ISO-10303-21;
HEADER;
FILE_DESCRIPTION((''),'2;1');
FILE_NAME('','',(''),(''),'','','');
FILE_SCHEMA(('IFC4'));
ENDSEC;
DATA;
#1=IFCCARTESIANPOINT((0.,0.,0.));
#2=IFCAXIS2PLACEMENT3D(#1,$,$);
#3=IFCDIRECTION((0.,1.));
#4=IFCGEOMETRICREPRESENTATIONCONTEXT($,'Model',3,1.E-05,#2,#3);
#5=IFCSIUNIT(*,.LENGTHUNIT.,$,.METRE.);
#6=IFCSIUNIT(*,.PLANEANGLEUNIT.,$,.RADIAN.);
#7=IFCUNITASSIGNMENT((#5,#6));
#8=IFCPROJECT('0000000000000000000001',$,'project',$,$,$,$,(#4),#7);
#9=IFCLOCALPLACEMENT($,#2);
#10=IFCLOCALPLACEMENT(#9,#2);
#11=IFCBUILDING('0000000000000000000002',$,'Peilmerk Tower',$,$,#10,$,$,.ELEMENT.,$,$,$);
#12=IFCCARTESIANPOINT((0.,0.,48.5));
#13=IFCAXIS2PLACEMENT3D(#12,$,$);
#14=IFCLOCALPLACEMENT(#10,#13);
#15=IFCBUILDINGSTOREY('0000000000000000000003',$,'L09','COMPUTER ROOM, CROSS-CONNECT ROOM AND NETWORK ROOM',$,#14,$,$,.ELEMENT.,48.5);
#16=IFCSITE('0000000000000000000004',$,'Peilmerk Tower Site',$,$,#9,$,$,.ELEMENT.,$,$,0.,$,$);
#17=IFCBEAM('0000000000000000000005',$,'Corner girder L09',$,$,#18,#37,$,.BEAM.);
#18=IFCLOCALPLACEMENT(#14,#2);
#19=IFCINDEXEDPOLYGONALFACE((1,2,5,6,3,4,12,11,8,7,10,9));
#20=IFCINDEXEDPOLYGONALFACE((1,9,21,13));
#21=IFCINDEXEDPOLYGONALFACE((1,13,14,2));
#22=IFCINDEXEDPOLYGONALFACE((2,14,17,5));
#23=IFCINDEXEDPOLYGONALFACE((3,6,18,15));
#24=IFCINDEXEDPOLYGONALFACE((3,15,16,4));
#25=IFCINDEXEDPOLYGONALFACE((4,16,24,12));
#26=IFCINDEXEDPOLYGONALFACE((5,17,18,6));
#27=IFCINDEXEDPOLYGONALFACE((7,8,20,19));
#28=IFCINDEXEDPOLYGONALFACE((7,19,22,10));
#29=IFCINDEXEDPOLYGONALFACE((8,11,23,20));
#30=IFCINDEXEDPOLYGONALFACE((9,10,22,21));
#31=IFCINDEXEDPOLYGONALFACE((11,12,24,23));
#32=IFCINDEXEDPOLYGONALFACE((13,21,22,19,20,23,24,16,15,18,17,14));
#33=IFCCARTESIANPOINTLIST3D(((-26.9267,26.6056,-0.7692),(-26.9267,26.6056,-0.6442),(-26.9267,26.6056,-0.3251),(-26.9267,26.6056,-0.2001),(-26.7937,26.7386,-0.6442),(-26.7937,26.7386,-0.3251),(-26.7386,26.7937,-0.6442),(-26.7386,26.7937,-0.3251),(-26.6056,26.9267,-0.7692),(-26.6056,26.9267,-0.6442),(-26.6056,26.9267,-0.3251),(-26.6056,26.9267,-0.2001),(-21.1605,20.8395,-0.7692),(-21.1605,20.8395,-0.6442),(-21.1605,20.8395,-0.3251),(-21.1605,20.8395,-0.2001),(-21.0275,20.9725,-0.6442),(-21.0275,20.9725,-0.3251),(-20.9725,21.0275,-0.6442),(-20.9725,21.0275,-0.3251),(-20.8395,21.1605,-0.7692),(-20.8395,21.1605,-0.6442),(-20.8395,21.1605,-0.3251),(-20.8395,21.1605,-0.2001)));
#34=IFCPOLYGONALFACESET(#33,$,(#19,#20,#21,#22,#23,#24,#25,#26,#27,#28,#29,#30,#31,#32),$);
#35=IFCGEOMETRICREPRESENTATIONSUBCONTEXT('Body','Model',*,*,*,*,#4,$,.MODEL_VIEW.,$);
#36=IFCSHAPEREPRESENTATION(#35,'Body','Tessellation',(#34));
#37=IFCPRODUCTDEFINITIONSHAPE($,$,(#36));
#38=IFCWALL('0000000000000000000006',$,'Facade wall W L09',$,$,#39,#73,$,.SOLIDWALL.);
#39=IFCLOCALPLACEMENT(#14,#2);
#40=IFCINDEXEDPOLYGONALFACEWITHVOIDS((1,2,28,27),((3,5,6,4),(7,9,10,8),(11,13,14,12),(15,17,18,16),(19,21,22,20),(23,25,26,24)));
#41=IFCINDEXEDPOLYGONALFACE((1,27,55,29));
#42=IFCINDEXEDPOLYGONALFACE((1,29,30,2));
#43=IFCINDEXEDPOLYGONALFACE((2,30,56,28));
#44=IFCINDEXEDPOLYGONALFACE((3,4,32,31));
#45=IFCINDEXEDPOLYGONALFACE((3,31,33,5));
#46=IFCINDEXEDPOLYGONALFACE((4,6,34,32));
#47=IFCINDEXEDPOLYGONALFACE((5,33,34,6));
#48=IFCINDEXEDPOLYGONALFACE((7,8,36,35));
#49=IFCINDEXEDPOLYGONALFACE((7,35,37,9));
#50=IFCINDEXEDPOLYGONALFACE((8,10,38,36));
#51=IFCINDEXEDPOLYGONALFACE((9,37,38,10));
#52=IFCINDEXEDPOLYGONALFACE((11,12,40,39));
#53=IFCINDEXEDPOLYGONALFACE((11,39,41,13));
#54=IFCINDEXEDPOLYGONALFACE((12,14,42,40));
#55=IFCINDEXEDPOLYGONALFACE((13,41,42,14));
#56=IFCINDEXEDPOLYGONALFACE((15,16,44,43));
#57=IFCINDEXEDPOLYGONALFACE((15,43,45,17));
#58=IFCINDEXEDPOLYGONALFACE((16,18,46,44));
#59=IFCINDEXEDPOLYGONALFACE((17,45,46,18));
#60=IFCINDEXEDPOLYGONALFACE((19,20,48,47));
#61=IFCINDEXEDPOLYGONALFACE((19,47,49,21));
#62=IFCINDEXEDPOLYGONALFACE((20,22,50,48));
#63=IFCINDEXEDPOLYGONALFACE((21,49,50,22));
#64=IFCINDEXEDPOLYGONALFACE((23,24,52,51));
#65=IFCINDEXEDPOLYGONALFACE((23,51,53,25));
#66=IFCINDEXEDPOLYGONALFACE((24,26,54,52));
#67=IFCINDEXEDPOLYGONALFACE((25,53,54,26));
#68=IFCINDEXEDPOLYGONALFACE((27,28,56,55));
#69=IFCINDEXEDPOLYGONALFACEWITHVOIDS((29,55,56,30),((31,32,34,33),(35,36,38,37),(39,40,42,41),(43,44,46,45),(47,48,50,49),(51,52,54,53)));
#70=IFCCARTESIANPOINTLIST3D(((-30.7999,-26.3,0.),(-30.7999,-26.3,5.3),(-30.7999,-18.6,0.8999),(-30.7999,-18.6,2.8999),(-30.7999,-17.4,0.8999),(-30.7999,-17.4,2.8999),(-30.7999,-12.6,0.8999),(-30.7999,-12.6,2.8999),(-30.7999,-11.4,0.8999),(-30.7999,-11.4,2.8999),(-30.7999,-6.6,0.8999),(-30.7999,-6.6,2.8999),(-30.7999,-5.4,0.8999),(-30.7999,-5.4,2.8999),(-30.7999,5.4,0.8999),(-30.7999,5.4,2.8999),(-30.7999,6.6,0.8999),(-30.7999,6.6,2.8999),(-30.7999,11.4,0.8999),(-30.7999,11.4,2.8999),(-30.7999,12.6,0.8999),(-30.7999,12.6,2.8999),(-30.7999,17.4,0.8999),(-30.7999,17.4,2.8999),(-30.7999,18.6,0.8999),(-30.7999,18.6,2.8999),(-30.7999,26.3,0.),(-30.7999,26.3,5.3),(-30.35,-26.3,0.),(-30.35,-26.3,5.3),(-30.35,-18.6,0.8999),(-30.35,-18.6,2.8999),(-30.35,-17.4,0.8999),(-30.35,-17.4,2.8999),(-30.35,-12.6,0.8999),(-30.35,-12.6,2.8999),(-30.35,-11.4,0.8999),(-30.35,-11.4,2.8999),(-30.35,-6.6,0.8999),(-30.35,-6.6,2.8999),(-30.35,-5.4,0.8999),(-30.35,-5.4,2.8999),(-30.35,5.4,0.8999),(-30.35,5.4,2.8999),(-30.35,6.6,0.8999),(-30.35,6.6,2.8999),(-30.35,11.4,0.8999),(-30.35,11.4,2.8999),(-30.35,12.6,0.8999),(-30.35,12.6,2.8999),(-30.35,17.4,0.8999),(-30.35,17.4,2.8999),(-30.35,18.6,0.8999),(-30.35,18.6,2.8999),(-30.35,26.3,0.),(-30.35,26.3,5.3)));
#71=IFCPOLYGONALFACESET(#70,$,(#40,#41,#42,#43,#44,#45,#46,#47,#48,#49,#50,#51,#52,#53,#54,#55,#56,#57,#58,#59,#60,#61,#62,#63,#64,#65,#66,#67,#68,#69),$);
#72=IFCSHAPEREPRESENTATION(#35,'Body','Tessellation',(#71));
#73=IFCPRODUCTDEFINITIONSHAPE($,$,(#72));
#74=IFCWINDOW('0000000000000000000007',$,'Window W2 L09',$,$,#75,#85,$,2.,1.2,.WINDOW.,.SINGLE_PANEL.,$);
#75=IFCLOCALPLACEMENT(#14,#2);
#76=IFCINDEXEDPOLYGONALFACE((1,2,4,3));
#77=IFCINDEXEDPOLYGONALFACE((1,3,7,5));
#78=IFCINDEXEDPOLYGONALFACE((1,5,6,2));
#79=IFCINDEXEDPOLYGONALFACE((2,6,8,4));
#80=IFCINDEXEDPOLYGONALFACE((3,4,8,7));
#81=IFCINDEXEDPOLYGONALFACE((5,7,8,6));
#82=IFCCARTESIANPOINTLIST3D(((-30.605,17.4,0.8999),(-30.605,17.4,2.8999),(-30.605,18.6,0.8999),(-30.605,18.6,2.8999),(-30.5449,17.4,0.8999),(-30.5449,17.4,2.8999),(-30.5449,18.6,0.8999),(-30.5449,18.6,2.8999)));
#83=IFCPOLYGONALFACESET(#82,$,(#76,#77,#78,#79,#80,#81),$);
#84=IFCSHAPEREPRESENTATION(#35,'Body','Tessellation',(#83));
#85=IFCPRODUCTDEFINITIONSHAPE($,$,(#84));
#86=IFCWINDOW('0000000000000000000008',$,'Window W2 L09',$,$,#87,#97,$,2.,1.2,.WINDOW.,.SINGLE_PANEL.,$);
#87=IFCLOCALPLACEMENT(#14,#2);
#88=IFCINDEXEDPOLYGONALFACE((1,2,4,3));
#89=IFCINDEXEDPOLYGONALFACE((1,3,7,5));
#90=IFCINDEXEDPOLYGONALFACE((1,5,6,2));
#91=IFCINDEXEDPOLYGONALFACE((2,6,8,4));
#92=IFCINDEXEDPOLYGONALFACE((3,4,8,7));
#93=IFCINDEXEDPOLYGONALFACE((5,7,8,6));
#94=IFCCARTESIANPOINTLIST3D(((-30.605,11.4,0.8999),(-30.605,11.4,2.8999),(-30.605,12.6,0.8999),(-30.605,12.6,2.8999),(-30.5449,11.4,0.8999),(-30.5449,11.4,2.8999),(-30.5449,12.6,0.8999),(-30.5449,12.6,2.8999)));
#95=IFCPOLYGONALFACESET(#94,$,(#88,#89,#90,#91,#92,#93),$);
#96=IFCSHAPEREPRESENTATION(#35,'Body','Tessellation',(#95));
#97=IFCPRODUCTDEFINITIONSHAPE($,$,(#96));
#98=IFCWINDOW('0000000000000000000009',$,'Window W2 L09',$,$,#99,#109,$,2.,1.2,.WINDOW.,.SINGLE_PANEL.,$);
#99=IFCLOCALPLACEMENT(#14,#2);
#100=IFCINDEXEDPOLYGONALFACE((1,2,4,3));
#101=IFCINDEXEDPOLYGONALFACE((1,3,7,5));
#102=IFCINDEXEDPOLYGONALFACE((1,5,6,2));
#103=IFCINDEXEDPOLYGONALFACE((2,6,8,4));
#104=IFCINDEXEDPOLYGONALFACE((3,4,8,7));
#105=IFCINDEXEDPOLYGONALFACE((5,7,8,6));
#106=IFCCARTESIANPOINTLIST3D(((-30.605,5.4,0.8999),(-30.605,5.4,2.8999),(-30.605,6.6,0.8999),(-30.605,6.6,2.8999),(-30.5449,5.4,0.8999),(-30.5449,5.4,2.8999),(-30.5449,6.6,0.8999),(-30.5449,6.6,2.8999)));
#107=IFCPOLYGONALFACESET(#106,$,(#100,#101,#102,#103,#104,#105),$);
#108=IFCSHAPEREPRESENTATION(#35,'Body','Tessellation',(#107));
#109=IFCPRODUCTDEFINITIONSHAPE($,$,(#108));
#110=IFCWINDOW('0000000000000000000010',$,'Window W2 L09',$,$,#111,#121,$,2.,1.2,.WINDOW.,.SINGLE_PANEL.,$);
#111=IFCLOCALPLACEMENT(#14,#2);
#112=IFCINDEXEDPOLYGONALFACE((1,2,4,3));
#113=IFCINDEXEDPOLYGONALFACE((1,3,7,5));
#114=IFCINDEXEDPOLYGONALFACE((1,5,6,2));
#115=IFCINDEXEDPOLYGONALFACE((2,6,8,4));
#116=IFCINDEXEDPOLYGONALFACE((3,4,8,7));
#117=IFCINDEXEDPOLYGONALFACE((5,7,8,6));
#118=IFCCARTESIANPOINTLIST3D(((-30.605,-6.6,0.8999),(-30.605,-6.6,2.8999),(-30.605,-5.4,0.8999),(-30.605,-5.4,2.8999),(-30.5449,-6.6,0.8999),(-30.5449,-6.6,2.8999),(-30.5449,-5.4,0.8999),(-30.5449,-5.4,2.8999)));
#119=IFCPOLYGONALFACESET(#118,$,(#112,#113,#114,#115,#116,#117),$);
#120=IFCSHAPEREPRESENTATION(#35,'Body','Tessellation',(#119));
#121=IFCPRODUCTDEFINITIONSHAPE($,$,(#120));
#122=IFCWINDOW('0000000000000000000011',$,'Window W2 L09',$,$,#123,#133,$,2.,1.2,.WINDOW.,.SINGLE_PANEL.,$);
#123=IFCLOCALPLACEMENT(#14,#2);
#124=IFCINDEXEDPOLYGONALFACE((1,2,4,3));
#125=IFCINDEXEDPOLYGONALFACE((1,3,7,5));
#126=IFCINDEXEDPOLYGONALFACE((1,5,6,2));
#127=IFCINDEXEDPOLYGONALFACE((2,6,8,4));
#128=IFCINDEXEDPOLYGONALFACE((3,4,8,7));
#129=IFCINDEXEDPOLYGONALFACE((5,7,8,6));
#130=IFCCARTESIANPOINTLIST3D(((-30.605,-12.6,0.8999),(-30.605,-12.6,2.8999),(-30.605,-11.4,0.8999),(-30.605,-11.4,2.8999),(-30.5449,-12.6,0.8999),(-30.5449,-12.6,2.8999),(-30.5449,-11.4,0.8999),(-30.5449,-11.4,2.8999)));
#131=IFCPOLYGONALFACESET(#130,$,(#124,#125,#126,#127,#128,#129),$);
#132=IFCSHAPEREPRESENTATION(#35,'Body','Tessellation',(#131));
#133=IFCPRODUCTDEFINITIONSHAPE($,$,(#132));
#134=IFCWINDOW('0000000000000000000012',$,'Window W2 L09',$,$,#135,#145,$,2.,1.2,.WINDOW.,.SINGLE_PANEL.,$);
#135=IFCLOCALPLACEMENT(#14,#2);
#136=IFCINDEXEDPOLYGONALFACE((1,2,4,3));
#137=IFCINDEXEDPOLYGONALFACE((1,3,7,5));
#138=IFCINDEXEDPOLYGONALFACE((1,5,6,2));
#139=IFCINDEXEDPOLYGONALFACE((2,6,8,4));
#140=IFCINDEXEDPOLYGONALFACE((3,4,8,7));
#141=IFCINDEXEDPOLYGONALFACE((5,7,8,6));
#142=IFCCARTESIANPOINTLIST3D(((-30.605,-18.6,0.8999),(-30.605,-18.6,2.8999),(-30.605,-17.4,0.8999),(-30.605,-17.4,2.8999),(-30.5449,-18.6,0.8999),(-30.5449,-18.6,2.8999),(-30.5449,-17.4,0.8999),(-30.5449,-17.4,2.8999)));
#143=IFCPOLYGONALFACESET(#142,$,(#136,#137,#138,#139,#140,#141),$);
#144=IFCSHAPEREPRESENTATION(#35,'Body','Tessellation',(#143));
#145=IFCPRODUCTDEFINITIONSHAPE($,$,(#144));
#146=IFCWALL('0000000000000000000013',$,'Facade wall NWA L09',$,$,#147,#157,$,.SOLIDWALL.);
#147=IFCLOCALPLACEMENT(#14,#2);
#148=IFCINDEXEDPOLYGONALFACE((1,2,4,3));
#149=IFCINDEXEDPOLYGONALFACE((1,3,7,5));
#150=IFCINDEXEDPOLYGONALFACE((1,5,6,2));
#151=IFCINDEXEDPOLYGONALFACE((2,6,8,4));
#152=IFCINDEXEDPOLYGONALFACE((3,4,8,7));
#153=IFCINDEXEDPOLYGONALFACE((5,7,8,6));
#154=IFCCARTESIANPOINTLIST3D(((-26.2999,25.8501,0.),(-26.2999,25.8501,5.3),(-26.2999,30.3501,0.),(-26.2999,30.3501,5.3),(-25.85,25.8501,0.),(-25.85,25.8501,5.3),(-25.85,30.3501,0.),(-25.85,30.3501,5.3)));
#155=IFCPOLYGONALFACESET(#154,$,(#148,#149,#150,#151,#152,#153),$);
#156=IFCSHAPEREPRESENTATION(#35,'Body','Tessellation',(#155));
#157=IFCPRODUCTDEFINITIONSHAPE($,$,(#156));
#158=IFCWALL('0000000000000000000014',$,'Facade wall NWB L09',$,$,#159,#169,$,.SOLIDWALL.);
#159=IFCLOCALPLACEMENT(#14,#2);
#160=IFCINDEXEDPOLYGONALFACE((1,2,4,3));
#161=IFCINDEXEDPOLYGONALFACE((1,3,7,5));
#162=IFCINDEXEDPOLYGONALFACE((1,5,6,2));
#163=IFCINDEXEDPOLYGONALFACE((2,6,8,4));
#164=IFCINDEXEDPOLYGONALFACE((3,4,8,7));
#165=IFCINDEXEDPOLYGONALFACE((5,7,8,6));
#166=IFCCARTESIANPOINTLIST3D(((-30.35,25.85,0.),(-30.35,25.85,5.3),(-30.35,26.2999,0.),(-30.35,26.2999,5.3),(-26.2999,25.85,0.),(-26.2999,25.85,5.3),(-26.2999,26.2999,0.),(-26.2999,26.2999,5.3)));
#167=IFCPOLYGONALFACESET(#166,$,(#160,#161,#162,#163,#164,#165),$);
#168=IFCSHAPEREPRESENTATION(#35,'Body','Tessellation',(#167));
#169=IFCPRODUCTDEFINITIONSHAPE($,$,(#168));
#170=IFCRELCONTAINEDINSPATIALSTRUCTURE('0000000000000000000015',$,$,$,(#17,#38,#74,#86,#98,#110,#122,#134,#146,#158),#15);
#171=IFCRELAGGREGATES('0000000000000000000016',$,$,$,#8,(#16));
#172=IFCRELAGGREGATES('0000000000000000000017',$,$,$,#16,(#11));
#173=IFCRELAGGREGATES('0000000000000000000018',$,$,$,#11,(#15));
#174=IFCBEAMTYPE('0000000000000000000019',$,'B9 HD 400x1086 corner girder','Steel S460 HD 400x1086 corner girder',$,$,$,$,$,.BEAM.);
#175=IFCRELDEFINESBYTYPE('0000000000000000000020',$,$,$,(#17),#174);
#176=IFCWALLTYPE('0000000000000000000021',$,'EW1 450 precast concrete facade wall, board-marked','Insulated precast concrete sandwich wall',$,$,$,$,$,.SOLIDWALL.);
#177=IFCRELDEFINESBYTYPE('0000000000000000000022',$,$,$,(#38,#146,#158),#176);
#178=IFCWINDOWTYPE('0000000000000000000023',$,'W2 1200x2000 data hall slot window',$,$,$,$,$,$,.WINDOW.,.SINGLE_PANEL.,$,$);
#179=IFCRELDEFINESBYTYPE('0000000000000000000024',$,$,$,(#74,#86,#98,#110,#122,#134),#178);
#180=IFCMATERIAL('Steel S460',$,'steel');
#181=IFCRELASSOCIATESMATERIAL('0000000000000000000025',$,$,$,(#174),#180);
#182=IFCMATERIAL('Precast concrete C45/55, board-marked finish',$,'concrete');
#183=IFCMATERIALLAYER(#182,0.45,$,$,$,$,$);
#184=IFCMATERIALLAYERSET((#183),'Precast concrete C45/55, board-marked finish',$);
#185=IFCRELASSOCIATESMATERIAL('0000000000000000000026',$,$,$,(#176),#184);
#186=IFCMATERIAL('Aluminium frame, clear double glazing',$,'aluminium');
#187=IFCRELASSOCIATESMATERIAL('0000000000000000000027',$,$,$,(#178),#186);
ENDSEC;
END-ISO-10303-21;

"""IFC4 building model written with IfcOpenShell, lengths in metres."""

from ifc_helpers import new_model, si_unit, direction, frame, frame_2d, origin, origin_2d, place, context, subcontext, project, spatial, rectangle, i_section, extrude, material, layer, layer_set, material_profile, profile_set, type_object, element, fill, save


model = new_model("IFC4")

# Units and contexts
model_context = context("Model", 3, precision=1e-05, world=origin(), true_north=direction((0.0, 1.0)))
body_context = subcontext(model_context, "Body", "Model", "MODEL_VIEW")
ifc_project = project(units=[si_unit("LENGTHUNIT", "METRE"), si_unit("PLANEANGLEUNIT", "RADIAN")], contexts=[model_context])

# Site, building, storey
site_placement = place(None, origin())
site = spatial("IfcSite", under=ifc_project, at=site_placement, Name="Peilmerk Tower Site", CompositionType="ELEMENT", RefElevation=0.0)
building_placement = place(site_placement, origin())
building = spatial("IfcBuilding", under=site, at=building_placement, Name="Peilmerk Tower", CompositionType="ELEMENT")
storey_placement = place(building_placement, frame((0.0, 0.0, 48.5)))
storey = spatial("IfcBuildingStorey", under=building, at=storey_placement, Name="L09", Description="COMPUTER ROOM, CROSS-CONNECT ROOM AND NETWORK ROOM", CompositionType="ELEMENT", Elevation=48.5)

# Beam
ifc_material_1 = material(Name="Steel S460", Category="steel")
ifc_material_profile_1 = material_profile(ifc_material_1, i_section(OverallWidth=0.4541, OverallDepth=0.5691, WebThickness=0.0779, FlangeThickness=0.125, at=origin_2d()), Name="HD 400x1086")
ifc_profile_set_1 = profile_set([ifc_material_profile_1], Name="Steel S460")
beam_type_1 = type_object("IfcBeamType", Name="B9 HD 400x1086 corner girder", Description="Steel S460 HD 400x1086 corner girder", PredefinedType="BEAM", material=ifc_profile_set_1)
beam_1_placement = place(storey_placement, frame((-21.0, 21.0, -0.4846), z_axis=(-0.707107, 0.707107, 0.0), x_axis=(-0.707107, -0.707107, 0.0)))
element("IfcBeam", 1, at=beam_1_placement, inside=storey, type_object=beam_type_1, Name="Corner girder L09", PredefinedType="BEAM", context=body_context, shape_type="SweptSolid", body=[
    extrude(i_section(OverallWidth=0.4541, OverallDepth=0.5691, WebThickness=0.0779, FlangeThickness=0.125, at=origin_2d()), origin(), (0.0, 0.0, 1.0), 8.1545),
])

# Wall, openings, windows
ifc_material_2 = material(Name="Precast concrete C45/55, board-marked finish", Category="concrete")
ifc_layer = layer(ifc_material_2, 0.45)
ifc_layer_set = layer_set([ifc_layer], Name="Precast concrete C45/55, board-marked finish")
wall_type = type_object("IfcWallType", Name="EW1 450 precast concrete facade wall, board-marked", Description="Insulated precast concrete sandwich wall", PredefinedType="SOLIDWALL", material=ifc_layer_set)
wall_1_placement = place(storey_placement, frame((-30.575, 26.3, 0.0), z_axis=(0.0, 0.0, 1.0), x_axis=(0.0, -1.0, 0.0)))
wall_1 = element("IfcWall", 2, at=wall_1_placement, inside=storey, type_object=wall_type, Name="Facade wall W L09", PredefinedType="SOLIDWALL", context=body_context, shape_type="SweptSolid", body=[
    extrude(rectangle(XDim=52.6001, YDim=0.45, at=frame_2d((26.3, 0.0))), origin(), (0.0, 0.0, 1.0), 5.3),
])
opening_1_placement = place(wall_1_placement, frame((7.7, 0.0, 0.8999)))
opening_1 = element("IfcOpeningElement", 3, at=opening_1_placement, cuts=wall_1, PredefinedType="OPENING", context=body_context, shape_type="SweptSolid", body=[
    extrude(rectangle(XDim=1.2, YDim=2.0, at=frame_2d((0.6001, 1.0))), frame((0.0, 0.2349, 0.0), z_axis=(0.0, -1.0, 0.0), x_axis=(1.0, 0.0, 0.0)), (0.0, 0.0, 1.0), 0.47),
])
opening_2_placement = place(wall_1_placement, frame((13.7, 0.0, 0.8999)))
opening_2 = element("IfcOpeningElement", 4, at=opening_2_placement, cuts=wall_1, PredefinedType="OPENING", context=body_context, shape_type="SweptSolid", body=[
    extrude(rectangle(XDim=1.2, YDim=2.0, at=frame_2d((0.6001, 1.0))), frame((0.0, 0.2349, 0.0), z_axis=(0.0, -1.0, 0.0), x_axis=(1.0, 0.0, 0.0)), (0.0, 0.0, 1.0), 0.47),
])
opening_3_placement = place(wall_1_placement, frame((19.7, 0.0, 0.8999)))
opening_3 = element("IfcOpeningElement", 5, at=opening_3_placement, cuts=wall_1, PredefinedType="OPENING", context=body_context, shape_type="SweptSolid", body=[
    extrude(rectangle(XDim=1.2, YDim=2.0, at=frame_2d((0.6001, 1.0))), frame((0.0, 0.2349, 0.0), z_axis=(0.0, -1.0, 0.0), x_axis=(1.0, 0.0, 0.0)), (0.0, 0.0, 1.0), 0.47),
])
opening_4_placement = place(wall_1_placement, frame((31.7, 0.0, 0.8999)))
opening_4 = element("IfcOpeningElement", 6, at=opening_4_placement, cuts=wall_1, PredefinedType="OPENING", context=body_context, shape_type="SweptSolid", body=[
    extrude(rectangle(XDim=1.2, YDim=2.0, at=frame_2d((0.6001, 1.0))), frame((0.0, 0.2349, 0.0), z_axis=(0.0, -1.0, 0.0), x_axis=(1.0, 0.0, 0.0)), (0.0, 0.0, 1.0), 0.47),
])
opening_5_placement = place(wall_1_placement, frame((37.7, 0.0, 0.8999)))
opening_5 = element("IfcOpeningElement", 7, at=opening_5_placement, cuts=wall_1, PredefinedType="OPENING", context=body_context, shape_type="SweptSolid", body=[
    extrude(rectangle(XDim=1.2, YDim=2.0, at=frame_2d((0.6001, 1.0))), frame((0.0, 0.2349, 0.0), z_axis=(0.0, -1.0, 0.0), x_axis=(1.0, 0.0, 0.0)), (0.0, 0.0, 1.0), 0.47),
])
opening_6_placement = place(wall_1_placement, frame((43.7, 0.0, 0.8999)))
opening_6 = element("IfcOpeningElement", 8, at=opening_6_placement, cuts=wall_1, PredefinedType="OPENING", context=body_context, shape_type="SweptSolid", body=[
    extrude(rectangle(XDim=1.2, YDim=2.0, at=frame_2d((0.6001, 1.0))), frame((0.0, 0.2349, 0.0), z_axis=(0.0, -1.0, 0.0), x_axis=(1.0, 0.0, 0.0)), (0.0, 0.0, 1.0), 0.47),
])
ifc_material_3 = material(Name="Aluminium frame, clear double glazing", Category="aluminium")
window_type = type_object("IfcWindowType", Name="W2 1200x2000 data hall slot window", PartitioningType="SINGLE_PANEL", PredefinedType="WINDOW", material=ifc_material_3)
window_1_placement = place(opening_1_placement, origin())
window_1 = element("IfcWindow", 9, at=window_1_placement, inside=storey, type_object=window_type, Name="Window W2 L09", OverallHeight=2.0, OverallWidth=1.2, PartitioningType="SINGLE_PANEL", PredefinedType="WINDOW", context=body_context, shape_type="SweptSolid", body=[
    extrude(rectangle(XDim=1.2, YDim=2.0, at=frame_2d((0.6001, 1.0))), frame((0.0, 0.03, 0.0), z_axis=(0.0, -1.0, 0.0), x_axis=(1.0, 0.0, 0.0)), (0.0, 0.0, 1.0), 0.0601),
])
fill(opening_1, window_1)
window_2_placement = place(opening_2_placement, origin())
window_2 = element("IfcWindow", 10, at=window_2_placement, inside=storey, type_object=window_type, Name="Window W2 L09", OverallHeight=2.0, OverallWidth=1.2, PartitioningType="SINGLE_PANEL", PredefinedType="WINDOW", context=body_context, shape_type="SweptSolid", body=[
    extrude(rectangle(XDim=1.2, YDim=2.0, at=frame_2d((0.6001, 1.0))), frame((0.0, 0.03, 0.0), z_axis=(0.0, -1.0, 0.0), x_axis=(1.0, 0.0, 0.0)), (0.0, 0.0, 1.0), 0.0601),
])
fill(opening_2, window_2)
window_3_placement = place(opening_3_placement, origin())
window_3 = element("IfcWindow", 11, at=window_3_placement, inside=storey, type_object=window_type, Name="Window W2 L09", OverallHeight=2.0, OverallWidth=1.2, PartitioningType="SINGLE_PANEL", PredefinedType="WINDOW", context=body_context, shape_type="SweptSolid", body=[
    extrude(rectangle(XDim=1.2, YDim=2.0, at=frame_2d((0.6001, 1.0))), frame((0.0, 0.03, 0.0), z_axis=(0.0, -1.0, 0.0), x_axis=(1.0, 0.0, 0.0)), (0.0, 0.0, 1.0), 0.0601),
])
fill(opening_3, window_3)
window_4_placement = place(opening_4_placement, origin())
window_4 = element("IfcWindow", 12, at=window_4_placement, inside=storey, type_object=window_type, Name="Window W2 L09", OverallHeight=2.0, OverallWidth=1.2, PartitioningType="SINGLE_PANEL", PredefinedType="WINDOW", context=body_context, shape_type="SweptSolid", body=[
    extrude(rectangle(XDim=1.2, YDim=2.0, at=frame_2d((0.6001, 1.0))), frame((0.0, 0.03, 0.0), z_axis=(0.0, -1.0, 0.0), x_axis=(1.0, 0.0, 0.0)), (0.0, 0.0, 1.0), 0.0601),
])
fill(opening_4, window_4)
window_5_placement = place(opening_5_placement, origin())
window_5 = element("IfcWindow", 13, at=window_5_placement, inside=storey, type_object=window_type, Name="Window W2 L09", OverallHeight=2.0, OverallWidth=1.2, PartitioningType="SINGLE_PANEL", PredefinedType="WINDOW", context=body_context, shape_type="SweptSolid", body=[
    extrude(rectangle(XDim=1.2, YDim=2.0, at=frame_2d((0.6001, 1.0))), frame((0.0, 0.03, 0.0), z_axis=(0.0, -1.0, 0.0), x_axis=(1.0, 0.0, 0.0)), (0.0, 0.0, 1.0), 0.0601),
])
fill(opening_5, window_5)
window_6_placement = place(opening_6_placement, origin())
window_6 = element("IfcWindow", 14, at=window_6_placement, inside=storey, type_object=window_type, Name="Window W2 L09", OverallHeight=2.0, OverallWidth=1.2, PartitioningType="SINGLE_PANEL", PredefinedType="WINDOW", context=body_context, shape_type="SweptSolid", body=[
    extrude(rectangle(XDim=1.2, YDim=2.0, at=frame_2d((0.6001, 1.0))), frame((0.0, 0.03, 0.0), z_axis=(0.0, -1.0, 0.0), x_axis=(1.0, 0.0, 0.0)), (0.0, 0.0, 1.0), 0.0601),
])
fill(opening_6, window_6)

# Walls
wall_2_placement = place(storey_placement, frame((-26.075, 25.8501, 0.0), z_axis=(0.0, 0.0, 1.0), x_axis=(0.0, 1.0, 0.0)))
element("IfcWall", 15, at=wall_2_placement, inside=storey, type_object=wall_type, Name="Facade wall NWA L09", PredefinedType="SOLIDWALL", context=body_context, shape_type="SweptSolid", body=[
    extrude(rectangle(XDim=4.5, YDim=0.45, at=frame_2d((2.25, 0.0))), origin(), (0.0, 0.0, 1.0), 5.3),
])
wall_3_placement = place(storey_placement, frame((-26.3, 26.075, 0.0), z_axis=(0.0, 0.0, 1.0), x_axis=(-1.0, 0.0, 0.0)))
element("IfcWall", 16, at=wall_3_placement, inside=storey, type_object=wall_type, Name="Facade wall NWB L09", PredefinedType="SOLIDWALL", context=body_context, shape_type="SweptSolid", body=[
    extrude(rectangle(XDim=4.05, YDim=0.45, at=frame_2d((2.0249, 0.0))), origin(), (0.0, 0.0, 1.0), 5.3),
])

save(model, "model.ifc")
